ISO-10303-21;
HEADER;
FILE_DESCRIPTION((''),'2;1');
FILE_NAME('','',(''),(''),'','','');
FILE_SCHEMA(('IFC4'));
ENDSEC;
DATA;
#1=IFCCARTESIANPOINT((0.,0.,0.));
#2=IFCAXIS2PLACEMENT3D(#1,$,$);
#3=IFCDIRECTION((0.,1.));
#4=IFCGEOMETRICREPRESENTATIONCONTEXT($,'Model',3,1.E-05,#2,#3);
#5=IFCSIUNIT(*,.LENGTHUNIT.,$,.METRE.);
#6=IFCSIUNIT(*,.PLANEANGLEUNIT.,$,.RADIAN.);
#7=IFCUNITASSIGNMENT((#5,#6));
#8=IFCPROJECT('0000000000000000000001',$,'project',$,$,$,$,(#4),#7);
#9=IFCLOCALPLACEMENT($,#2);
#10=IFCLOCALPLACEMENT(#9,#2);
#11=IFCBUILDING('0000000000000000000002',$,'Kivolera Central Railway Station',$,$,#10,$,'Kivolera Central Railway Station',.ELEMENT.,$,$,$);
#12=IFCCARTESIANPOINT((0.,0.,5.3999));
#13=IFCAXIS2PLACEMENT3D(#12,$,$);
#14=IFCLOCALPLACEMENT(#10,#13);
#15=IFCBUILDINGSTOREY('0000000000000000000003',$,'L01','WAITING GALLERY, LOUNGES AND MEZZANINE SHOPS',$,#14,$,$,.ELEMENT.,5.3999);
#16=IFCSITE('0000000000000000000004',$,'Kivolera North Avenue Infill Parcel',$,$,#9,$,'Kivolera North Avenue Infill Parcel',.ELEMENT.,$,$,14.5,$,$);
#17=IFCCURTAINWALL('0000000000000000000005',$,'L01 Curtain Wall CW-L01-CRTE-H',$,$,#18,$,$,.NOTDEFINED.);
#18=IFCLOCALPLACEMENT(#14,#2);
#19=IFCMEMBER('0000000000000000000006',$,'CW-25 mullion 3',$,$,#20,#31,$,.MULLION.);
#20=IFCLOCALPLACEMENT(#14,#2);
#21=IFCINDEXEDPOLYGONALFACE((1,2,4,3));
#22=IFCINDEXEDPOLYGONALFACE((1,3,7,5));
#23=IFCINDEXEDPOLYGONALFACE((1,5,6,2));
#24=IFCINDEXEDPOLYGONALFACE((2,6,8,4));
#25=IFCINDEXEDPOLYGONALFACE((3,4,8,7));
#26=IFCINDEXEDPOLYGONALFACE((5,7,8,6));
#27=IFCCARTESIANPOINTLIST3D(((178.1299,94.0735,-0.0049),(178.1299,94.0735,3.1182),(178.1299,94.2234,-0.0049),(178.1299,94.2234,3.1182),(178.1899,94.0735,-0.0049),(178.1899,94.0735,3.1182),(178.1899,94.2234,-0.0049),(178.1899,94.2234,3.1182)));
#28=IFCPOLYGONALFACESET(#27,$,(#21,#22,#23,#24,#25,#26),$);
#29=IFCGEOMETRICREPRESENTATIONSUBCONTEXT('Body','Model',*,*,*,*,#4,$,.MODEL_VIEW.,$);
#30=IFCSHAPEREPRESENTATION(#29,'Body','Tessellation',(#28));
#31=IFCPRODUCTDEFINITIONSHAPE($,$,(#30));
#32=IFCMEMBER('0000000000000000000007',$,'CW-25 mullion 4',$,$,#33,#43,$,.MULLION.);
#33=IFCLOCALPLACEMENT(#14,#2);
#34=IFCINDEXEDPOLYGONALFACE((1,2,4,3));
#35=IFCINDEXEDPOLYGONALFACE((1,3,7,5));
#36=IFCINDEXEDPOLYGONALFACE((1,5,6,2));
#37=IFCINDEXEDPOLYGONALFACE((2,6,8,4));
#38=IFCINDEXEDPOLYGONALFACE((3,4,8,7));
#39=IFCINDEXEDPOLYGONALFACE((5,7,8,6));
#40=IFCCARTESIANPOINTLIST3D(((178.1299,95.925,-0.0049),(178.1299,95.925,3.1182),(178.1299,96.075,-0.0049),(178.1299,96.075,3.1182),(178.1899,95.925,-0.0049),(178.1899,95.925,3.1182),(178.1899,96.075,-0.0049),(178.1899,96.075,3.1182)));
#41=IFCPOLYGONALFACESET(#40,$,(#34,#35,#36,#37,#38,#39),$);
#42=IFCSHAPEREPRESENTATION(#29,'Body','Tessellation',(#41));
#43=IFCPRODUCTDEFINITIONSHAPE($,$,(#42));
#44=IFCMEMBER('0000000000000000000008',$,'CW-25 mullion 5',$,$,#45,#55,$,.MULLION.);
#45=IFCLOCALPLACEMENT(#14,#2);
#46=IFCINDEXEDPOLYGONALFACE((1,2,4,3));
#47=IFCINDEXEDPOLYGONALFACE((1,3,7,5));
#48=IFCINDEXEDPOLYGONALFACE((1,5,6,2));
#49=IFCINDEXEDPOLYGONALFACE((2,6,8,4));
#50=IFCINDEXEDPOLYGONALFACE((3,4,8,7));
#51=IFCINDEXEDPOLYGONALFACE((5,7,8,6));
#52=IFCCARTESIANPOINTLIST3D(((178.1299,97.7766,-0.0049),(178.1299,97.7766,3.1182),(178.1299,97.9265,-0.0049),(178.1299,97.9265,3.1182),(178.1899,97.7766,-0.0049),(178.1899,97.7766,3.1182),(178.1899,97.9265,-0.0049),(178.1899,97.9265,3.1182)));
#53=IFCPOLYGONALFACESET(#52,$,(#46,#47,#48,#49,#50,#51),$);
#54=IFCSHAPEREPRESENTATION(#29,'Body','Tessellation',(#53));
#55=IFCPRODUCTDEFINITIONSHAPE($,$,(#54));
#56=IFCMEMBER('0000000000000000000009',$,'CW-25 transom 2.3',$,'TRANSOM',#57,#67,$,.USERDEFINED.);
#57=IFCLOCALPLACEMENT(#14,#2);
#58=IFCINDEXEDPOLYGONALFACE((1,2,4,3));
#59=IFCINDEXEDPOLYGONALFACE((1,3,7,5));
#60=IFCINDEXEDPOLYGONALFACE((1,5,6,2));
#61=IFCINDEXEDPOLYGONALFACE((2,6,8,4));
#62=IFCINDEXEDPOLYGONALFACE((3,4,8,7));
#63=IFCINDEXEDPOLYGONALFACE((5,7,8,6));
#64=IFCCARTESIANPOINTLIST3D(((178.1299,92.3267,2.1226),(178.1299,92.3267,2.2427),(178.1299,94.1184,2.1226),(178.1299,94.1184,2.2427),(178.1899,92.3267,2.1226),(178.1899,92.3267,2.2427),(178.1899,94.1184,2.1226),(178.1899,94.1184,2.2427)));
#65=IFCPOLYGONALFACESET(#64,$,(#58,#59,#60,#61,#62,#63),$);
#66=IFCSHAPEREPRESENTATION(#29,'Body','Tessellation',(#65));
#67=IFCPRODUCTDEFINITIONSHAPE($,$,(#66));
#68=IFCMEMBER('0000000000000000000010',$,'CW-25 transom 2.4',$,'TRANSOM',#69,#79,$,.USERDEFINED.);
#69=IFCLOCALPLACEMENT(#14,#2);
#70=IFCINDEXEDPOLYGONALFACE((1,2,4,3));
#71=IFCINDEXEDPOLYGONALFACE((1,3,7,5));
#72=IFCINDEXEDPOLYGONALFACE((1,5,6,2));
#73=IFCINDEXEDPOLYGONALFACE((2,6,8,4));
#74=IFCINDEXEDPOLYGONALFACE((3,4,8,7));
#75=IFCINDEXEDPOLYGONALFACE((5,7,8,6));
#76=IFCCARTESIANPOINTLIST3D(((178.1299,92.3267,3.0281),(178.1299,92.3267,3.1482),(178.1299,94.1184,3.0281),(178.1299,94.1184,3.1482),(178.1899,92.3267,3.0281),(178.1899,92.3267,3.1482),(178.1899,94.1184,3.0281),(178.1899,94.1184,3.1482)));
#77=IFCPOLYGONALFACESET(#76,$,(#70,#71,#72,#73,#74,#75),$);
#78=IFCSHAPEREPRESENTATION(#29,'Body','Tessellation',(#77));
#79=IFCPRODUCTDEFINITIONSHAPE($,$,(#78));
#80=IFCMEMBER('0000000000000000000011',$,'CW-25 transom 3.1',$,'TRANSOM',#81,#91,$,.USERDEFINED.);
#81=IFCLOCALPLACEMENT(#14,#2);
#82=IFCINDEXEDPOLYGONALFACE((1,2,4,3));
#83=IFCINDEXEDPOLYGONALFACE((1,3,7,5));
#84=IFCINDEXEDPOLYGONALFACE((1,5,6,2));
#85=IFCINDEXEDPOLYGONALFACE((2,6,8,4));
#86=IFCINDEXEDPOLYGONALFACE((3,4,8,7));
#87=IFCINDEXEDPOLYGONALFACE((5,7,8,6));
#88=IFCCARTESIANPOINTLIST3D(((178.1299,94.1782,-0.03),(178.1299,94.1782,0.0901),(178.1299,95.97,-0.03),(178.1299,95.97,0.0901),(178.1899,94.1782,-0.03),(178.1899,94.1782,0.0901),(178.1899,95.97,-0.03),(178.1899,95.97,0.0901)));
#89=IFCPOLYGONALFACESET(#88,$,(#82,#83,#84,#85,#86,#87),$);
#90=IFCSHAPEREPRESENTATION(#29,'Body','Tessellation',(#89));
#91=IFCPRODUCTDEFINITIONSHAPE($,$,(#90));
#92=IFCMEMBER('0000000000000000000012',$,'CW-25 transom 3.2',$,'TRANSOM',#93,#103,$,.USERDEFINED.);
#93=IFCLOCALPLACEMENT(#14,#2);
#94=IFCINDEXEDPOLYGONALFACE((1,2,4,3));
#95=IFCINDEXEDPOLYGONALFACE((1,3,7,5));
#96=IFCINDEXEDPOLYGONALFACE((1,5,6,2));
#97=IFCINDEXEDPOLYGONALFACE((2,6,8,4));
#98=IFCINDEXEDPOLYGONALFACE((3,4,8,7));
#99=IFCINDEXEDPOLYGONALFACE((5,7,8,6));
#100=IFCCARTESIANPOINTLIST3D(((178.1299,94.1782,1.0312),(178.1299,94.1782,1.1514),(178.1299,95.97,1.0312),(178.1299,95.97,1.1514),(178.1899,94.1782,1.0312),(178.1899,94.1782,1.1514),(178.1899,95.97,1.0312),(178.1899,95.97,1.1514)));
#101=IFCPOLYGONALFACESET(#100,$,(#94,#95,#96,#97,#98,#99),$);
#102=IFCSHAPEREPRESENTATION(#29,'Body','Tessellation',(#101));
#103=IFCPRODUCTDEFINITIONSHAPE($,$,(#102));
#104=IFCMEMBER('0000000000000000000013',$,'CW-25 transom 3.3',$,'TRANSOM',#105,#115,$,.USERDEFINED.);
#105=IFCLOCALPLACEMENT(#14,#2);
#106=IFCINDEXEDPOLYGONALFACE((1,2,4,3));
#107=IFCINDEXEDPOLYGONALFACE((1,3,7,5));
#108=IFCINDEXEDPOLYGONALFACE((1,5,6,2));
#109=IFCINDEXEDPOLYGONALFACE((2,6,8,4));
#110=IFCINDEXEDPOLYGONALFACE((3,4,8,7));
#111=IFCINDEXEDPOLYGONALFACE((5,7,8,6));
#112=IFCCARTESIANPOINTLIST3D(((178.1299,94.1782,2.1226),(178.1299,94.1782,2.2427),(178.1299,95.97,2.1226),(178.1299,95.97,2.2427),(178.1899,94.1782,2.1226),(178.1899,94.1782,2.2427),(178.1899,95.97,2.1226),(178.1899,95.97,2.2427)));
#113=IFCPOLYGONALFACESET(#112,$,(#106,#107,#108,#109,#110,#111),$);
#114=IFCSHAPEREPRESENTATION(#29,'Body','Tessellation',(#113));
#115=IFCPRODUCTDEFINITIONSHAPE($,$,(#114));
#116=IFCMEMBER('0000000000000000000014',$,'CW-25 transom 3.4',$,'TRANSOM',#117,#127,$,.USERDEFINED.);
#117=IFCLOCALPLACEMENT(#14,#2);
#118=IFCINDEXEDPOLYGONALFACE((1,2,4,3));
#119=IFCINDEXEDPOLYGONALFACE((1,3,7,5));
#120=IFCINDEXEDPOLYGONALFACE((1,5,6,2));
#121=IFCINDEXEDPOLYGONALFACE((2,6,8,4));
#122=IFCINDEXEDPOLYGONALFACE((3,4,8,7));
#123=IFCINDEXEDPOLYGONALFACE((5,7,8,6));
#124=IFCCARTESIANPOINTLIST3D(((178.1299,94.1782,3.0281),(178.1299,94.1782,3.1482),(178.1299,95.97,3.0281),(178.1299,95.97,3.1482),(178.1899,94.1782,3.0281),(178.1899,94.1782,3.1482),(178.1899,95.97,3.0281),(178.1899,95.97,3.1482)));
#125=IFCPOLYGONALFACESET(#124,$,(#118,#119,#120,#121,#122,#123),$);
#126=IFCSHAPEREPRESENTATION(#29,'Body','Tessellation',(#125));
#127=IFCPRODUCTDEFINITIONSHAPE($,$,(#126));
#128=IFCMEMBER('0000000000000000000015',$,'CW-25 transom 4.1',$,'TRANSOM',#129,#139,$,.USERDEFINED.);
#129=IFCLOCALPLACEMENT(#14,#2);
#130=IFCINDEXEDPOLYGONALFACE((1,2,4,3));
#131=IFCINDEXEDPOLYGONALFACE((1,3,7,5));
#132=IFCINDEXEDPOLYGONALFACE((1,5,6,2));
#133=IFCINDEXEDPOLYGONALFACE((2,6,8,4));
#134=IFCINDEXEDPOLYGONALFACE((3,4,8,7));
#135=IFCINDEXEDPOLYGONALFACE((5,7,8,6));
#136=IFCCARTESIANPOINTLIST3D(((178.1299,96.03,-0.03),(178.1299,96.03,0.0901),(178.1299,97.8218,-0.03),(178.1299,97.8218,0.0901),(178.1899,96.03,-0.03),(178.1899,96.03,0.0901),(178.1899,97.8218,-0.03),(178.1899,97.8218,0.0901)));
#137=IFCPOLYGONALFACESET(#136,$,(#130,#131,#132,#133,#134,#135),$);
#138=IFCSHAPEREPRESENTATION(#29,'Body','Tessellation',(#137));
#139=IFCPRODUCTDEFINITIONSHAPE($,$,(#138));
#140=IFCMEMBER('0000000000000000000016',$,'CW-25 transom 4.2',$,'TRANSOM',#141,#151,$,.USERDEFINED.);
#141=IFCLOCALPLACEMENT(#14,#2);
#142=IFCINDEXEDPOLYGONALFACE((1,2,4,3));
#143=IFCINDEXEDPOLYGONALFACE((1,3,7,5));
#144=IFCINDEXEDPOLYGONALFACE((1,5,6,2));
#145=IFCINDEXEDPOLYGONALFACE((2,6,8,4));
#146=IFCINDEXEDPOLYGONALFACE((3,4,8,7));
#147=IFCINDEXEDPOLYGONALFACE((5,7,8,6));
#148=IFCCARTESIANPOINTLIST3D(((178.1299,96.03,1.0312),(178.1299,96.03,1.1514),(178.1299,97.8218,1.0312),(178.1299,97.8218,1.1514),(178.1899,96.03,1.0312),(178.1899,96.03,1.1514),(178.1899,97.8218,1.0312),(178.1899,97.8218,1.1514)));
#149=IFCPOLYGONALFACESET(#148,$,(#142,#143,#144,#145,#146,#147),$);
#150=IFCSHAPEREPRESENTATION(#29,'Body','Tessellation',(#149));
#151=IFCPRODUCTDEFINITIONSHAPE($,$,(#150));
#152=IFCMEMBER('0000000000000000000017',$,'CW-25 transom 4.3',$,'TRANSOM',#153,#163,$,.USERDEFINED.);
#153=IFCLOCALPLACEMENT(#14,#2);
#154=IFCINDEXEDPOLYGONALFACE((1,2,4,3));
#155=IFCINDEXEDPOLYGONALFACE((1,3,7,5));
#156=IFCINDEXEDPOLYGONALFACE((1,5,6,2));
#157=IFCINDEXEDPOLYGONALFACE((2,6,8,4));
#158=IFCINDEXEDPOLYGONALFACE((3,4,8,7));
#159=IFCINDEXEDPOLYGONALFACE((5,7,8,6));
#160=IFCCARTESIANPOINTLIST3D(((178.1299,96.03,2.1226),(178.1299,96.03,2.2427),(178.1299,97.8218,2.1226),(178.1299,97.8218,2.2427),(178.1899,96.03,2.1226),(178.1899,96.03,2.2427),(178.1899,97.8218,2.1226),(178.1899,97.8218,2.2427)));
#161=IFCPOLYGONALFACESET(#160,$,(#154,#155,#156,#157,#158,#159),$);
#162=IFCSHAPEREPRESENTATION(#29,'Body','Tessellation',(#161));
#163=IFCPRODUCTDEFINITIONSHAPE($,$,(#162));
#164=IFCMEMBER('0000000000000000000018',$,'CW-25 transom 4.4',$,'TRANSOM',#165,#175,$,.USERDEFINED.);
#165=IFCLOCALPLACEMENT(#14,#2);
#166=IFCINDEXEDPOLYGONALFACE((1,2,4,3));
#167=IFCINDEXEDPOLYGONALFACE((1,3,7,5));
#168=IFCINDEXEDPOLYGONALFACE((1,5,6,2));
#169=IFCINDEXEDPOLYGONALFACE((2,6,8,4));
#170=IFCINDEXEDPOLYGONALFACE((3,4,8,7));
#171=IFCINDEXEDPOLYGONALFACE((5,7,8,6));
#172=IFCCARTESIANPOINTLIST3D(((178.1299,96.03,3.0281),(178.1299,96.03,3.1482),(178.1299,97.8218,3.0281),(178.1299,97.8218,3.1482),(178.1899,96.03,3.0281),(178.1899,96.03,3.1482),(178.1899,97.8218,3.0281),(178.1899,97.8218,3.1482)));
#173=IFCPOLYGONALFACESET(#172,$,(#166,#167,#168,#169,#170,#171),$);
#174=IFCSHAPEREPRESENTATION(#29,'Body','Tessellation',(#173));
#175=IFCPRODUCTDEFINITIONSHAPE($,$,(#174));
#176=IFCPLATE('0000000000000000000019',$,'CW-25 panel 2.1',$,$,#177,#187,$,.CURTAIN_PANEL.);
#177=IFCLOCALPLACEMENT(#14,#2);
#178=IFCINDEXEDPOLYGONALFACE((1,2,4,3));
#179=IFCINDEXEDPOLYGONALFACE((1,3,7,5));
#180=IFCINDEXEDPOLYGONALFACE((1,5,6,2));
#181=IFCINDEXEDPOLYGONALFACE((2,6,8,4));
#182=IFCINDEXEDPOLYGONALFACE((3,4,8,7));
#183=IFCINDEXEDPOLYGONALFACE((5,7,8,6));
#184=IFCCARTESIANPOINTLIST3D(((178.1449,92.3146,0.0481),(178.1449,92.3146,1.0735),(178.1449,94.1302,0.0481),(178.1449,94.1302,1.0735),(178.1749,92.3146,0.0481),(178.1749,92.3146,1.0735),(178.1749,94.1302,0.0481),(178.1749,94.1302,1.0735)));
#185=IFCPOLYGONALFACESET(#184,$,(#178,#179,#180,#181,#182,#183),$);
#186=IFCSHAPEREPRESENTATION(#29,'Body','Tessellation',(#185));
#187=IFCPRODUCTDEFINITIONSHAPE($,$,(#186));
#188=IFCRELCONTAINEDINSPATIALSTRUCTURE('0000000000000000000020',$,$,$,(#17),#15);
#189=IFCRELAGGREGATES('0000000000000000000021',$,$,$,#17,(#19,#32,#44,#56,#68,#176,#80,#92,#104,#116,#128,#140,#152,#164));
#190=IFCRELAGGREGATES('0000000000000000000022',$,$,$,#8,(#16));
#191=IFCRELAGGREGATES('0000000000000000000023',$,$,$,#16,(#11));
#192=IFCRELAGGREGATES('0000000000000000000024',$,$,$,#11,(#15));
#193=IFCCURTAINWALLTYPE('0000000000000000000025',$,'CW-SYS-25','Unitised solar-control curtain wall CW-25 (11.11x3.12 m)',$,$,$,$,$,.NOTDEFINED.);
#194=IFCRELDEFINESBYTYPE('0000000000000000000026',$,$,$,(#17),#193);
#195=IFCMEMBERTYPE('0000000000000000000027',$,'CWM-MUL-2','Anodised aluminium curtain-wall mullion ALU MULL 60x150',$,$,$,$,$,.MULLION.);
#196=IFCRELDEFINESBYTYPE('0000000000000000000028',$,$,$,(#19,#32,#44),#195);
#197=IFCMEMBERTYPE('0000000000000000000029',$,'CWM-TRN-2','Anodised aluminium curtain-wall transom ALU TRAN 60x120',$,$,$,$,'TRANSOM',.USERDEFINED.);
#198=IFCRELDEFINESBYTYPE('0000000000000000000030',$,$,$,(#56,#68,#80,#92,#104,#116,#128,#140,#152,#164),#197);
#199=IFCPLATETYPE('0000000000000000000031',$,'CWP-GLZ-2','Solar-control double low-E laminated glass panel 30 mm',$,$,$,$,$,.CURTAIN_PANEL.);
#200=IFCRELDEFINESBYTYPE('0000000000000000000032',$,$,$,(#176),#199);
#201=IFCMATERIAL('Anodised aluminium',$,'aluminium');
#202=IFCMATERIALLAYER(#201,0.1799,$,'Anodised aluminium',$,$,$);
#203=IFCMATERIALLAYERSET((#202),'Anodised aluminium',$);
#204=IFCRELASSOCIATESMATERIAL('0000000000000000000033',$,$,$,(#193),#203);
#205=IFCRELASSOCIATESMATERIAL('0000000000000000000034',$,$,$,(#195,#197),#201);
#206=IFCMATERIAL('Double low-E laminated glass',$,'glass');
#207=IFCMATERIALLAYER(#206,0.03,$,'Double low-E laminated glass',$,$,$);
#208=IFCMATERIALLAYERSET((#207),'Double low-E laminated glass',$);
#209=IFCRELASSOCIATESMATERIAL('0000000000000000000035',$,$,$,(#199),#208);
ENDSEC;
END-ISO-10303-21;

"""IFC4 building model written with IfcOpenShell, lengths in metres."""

from ifc_helpers import new_model, si_unit, direction, frame, origin, origin_2d, place, context, subcontext, project, spatial, rectangle, extrude, material, layer, layer_set, material_profile, profile_set, type_object, element, aggregate, save


model = new_model("IFC4")

# Units and contexts
model_context = context("Model", 3, precision=1e-05, world=origin(), true_north=direction((0.0, 1.0)))
body_context = subcontext(model_context, "Body", "Model", "MODEL_VIEW")
ifc_project = project(units=[si_unit("LENGTHUNIT", "METRE"), si_unit("PLANEANGLEUNIT", "RADIAN")], contexts=[model_context])

# Site, building, storey
site_placement = place(None, origin())
site = spatial("IfcSite", under=ifc_project, at=site_placement, Name="Kivolera North Avenue Infill Parcel", LongName="Kivolera North Avenue Infill Parcel", CompositionType="ELEMENT", RefElevation=14.5)
building_placement = place(site_placement, origin())
building = spatial("IfcBuilding", under=site, at=building_placement, Name="Kivolera Central Railway Station", LongName="Kivolera Central Railway Station", CompositionType="ELEMENT")
storey_placement = place(building_placement, frame((0.0, 0.0, 5.3999)))
storey = spatial("IfcBuildingStorey", under=building, at=storey_placement, Name="L01", Description="WAITING GALLERY, LOUNGES AND MEZZANINE SHOPS", CompositionType="ELEMENT", Elevation=5.3999)

# Curtain wall, members, plate
ifc_material_1 = material(Name="Anodised aluminium", Category="aluminium")
ifc_layer_1 = layer(ifc_material_1, 0.1799, Name="Anodised aluminium")
ifc_layer_set_1 = layer_set([ifc_layer_1], Name="Anodised aluminium")
curtain_wall_type = type_object("IfcCurtainWallType", Name="CW-SYS-25", Description="Unitised solar-control curtain wall CW-25 (11.11x3.12 m)", PredefinedType="NOTDEFINED", material=ifc_layer_set_1)
curtain_wall_placement = place(storey_placement, origin())
curtain_wall = element("IfcCurtainWall", 1, at=curtain_wall_placement, inside=storey, type_object=curtain_wall_type, Name="L01 Curtain Wall CW-L01-CRTE-H", PredefinedType="NOTDEFINED")
ifc_material_profile_1 = material_profile(ifc_material_1, rectangle(XDim=0.0601, YDim=0.1499, at=origin_2d()), Name="ALU MULL 60x150")
ifc_profile_set_1 = profile_set([ifc_material_profile_1], Name="Anodised aluminium")
member_type_1 = type_object("IfcMemberType", Name="CWM-MUL-2", Description="Anodised aluminium curtain-wall mullion ALU MULL 60x150", PredefinedType="MULLION", material=ifc_profile_set_1)
member_1_placement = place(storey_placement, frame((178.1599, 94.1484, -0.0049), z_axis=(0.0, 0.0, 1.0), x_axis=(-1.0, 0.0, 0.0)))
member_1 = element("IfcMember", 2, at=member_1_placement, type_object=member_type_1, Name="CW-25 mullion 3", PredefinedType="MULLION", context=body_context, shape_type="SweptSolid", body=[
    extrude(rectangle(XDim=0.0601, YDim=0.1499, at=origin_2d()), origin(), (0.0, 0.0, 1.0), 3.123),
])
member_2_placement = place(storey_placement, frame((178.1599, 96.0, -0.0049), z_axis=(0.0, 0.0, 1.0), x_axis=(-1.0, 0.0, 0.0)))
member_2 = element("IfcMember", 3, at=member_2_placement, type_object=member_type_1, Name="CW-25 mullion 4", PredefinedType="MULLION", context=body_context, shape_type="SweptSolid", body=[
    extrude(rectangle(XDim=0.0601, YDim=0.1499, at=origin_2d()), origin(), (0.0, 0.0, 1.0), 3.123),
])
member_3_placement = place(storey_placement, frame((178.1599, 97.8516, -0.0049), z_axis=(0.0, 0.0, 1.0), x_axis=(-1.0, 0.0, 0.0)))
member_3 = element("IfcMember", 4, at=member_3_placement, type_object=member_type_1, Name="CW-25 mullion 5", PredefinedType="MULLION", context=body_context, shape_type="SweptSolid", body=[
    extrude(rectangle(XDim=0.0601, YDim=0.1499, at=origin_2d()), origin(), (0.0, 0.0, 1.0), 3.123),
])
ifc_material_profile_2 = material_profile(ifc_material_1, rectangle(XDim=0.0601, YDim=0.1201, at=origin_2d()), Name="ALU TRAN 60x120")
ifc_profile_set_2 = profile_set([ifc_material_profile_2], Name="Anodised aluminium")
member_type_2 = type_object("IfcMemberType", Name="CWM-TRN-2", Description="Anodised aluminium curtain-wall transom ALU TRAN 60x120", ElementType="TRANSOM", PredefinedType="USERDEFINED", material=ifc_profile_set_2)
member_4_placement = place(storey_placement, frame((178.1599, 92.3267, 2.1826), z_axis=(0.0, 1.0, 0.0), x_axis=(-1.0, 0.0, 0.0)))
member_4 = element("IfcMember", 5, at=member_4_placement, type_object=member_type_2, Name="CW-25 transom 2.3", ObjectType="TRANSOM", PredefinedType="USERDEFINED", context=body_context, shape_type="SweptSolid", body=[
    extrude(rectangle(XDim=0.0601, YDim=0.1201, at=origin_2d()), origin(), (0.0, 0.0, 1.0), 1.7917),
])
member_5_placement = place(storey_placement, frame((178.1599, 92.3267, 3.0881), z_axis=(0.0, 1.0, 0.0), x_axis=(-1.0, 0.0, 0.0)))
member_5 = element("IfcMember", 6, at=member_5_placement, type_object=member_type_2, Name="CW-25 transom 2.4", ObjectType="TRANSOM", PredefinedType="USERDEFINED", context=body_context, shape_type="SweptSolid", body=[
    extrude(rectangle(XDim=0.0601, YDim=0.1201, at=origin_2d()), origin(), (0.0, 0.0, 1.0), 1.7917),
])
member_6_placement = place(storey_placement, frame((178.1599, 94.1782, 0.03), z_axis=(0.0, 1.0, 0.0), x_axis=(-1.0, 0.0, 0.0)))
member_6 = element("IfcMember", 7, at=member_6_placement, type_object=member_type_2, Name="CW-25 transom 3.1", ObjectType="TRANSOM", PredefinedType="USERDEFINED", context=body_context, shape_type="SweptSolid", body=[
    extrude(rectangle(XDim=0.0601, YDim=0.1201, at=origin_2d()), origin(), (0.0, 0.0, 1.0), 1.7917),
])
member_7_placement = place(storey_placement, frame((178.1599, 94.1782, 1.0913), z_axis=(0.0, 1.0, 0.0), x_axis=(-1.0, 0.0, 0.0)))
member_7 = element("IfcMember", 8, at=member_7_placement, type_object=member_type_2, Name="CW-25 transom 3.2", ObjectType="TRANSOM", PredefinedType="USERDEFINED", context=body_context, shape_type="SweptSolid", body=[
    extrude(rectangle(XDim=0.0601, YDim=0.1201, at=origin_2d()), origin(), (0.0, 0.0, 1.0), 1.7917),
])
member_8_placement = place(storey_placement, frame((178.1599, 94.1782, 2.1826), z_axis=(0.0, 1.0, 0.0), x_axis=(-1.0, 0.0, 0.0)))
member_8 = element("IfcMember", 9, at=member_8_placement, type_object=member_type_2, Name="CW-25 transom 3.3", ObjectType="TRANSOM", PredefinedType="USERDEFINED", context=body_context, shape_type="SweptSolid", body=[
    extrude(rectangle(XDim=0.0601, YDim=0.1201, at=origin_2d()), origin(), (0.0, 0.0, 1.0), 1.7917),
])
member_9_placement = place(storey_placement, frame((178.1599, 94.1782, 3.0881), z_axis=(0.0, 1.0, 0.0), x_axis=(-1.0, 0.0, 0.0)))
member_9 = element("IfcMember", 10, at=member_9_placement, type_object=member_type_2, Name="CW-25 transom 3.4", ObjectType="TRANSOM", PredefinedType="USERDEFINED", context=body_context, shape_type="SweptSolid", body=[
    extrude(rectangle(XDim=0.0601, YDim=0.1201, at=origin_2d()), origin(), (0.0, 0.0, 1.0), 1.7917),
])
member_10_placement = place(storey_placement, frame((178.1599, 96.03, 0.03), z_axis=(0.0, 1.0, 0.0), x_axis=(-1.0, 0.0, 0.0)))
member_10 = element("IfcMember", 11, at=member_10_placement, type_object=member_type_2, Name="CW-25 transom 4.1", ObjectType="TRANSOM", PredefinedType="USERDEFINED", context=body_context, shape_type="SweptSolid", body=[
    extrude(rectangle(XDim=0.0601, YDim=0.1201, at=origin_2d()), origin(), (0.0, 0.0, 1.0), 1.7917),
])
member_11_placement = place(storey_placement, frame((178.1599, 96.03, 1.0913), z_axis=(0.0, 1.0, 0.0), x_axis=(-1.0, 0.0, 0.0)))
member_11 = element("IfcMember", 12, at=member_11_placement, type_object=member_type_2, Name="CW-25 transom 4.2", ObjectType="TRANSOM", PredefinedType="USERDEFINED", context=body_context, shape_type="SweptSolid", body=[
    extrude(rectangle(XDim=0.0601, YDim=0.1201, at=origin_2d()), origin(), (0.0, 0.0, 1.0), 1.7917),
])
member_12_placement = place(storey_placement, frame((178.1599, 96.03, 2.1826), z_axis=(0.0, 1.0, 0.0), x_axis=(-1.0, 0.0, 0.0)))
member_12 = element("IfcMember", 13, at=member_12_placement, type_object=member_type_2, Name="CW-25 transom 4.3", ObjectType="TRANSOM", PredefinedType="USERDEFINED", context=body_context, shape_type="SweptSolid", body=[
    extrude(rectangle(XDim=0.0601, YDim=0.1201, at=origin_2d()), origin(), (0.0, 0.0, 1.0), 1.7917),
])
member_13_placement = place(storey_placement, frame((178.1599, 96.03, 3.0881), z_axis=(0.0, 1.0, 0.0), x_axis=(-1.0, 0.0, 0.0)))
member_13 = element("IfcMember", 14, at=member_13_placement, type_object=member_type_2, Name="CW-25 transom 4.4", ObjectType="TRANSOM", PredefinedType="USERDEFINED", context=body_context, shape_type="SweptSolid", body=[
    extrude(rectangle(XDim=0.0601, YDim=0.1201, at=origin_2d()), origin(), (0.0, 0.0, 1.0), 1.7917),
])
ifc_material_2 = material(Name="Double low-E laminated glass", Category="glass")
ifc_layer_2 = layer(ifc_material_2, 0.03, Name="Double low-E laminated glass")
ifc_layer_set_2 = layer_set([ifc_layer_2], Name="Double low-E laminated glass")
plate_type = type_object("IfcPlateType", Name="CWP-GLZ-2", Description="Solar-control double low-E laminated glass panel 30 mm", PredefinedType="CURTAIN_PANEL", material=ifc_layer_set_2)
plate_1_placement = place(storey_placement, frame((178.1599, 93.2224, 0.0481), z_axis=(0.0, 0.0, 1.0), x_axis=(0.0, 1.0, 0.0)))
plate_1 = element("IfcPlate", 15, at=plate_1_placement, type_object=plate_type, Name="CW-25 panel 2.1", PredefinedType="CURTAIN_PANEL", context=body_context, shape_type="SweptSolid", body=[
    extrude(rectangle(XDim=1.8157, YDim=0.03, at=origin_2d()), origin(), (0.0, 0.0, 1.0), 1.0254),
])
aggregate(curtain_wall, [member_1, member_2, member_3, member_4, member_5, plate_1, member_6, member_7, member_8, member_9, member_10, member_11, member_12, member_13])

save(model, "model.ifc")
